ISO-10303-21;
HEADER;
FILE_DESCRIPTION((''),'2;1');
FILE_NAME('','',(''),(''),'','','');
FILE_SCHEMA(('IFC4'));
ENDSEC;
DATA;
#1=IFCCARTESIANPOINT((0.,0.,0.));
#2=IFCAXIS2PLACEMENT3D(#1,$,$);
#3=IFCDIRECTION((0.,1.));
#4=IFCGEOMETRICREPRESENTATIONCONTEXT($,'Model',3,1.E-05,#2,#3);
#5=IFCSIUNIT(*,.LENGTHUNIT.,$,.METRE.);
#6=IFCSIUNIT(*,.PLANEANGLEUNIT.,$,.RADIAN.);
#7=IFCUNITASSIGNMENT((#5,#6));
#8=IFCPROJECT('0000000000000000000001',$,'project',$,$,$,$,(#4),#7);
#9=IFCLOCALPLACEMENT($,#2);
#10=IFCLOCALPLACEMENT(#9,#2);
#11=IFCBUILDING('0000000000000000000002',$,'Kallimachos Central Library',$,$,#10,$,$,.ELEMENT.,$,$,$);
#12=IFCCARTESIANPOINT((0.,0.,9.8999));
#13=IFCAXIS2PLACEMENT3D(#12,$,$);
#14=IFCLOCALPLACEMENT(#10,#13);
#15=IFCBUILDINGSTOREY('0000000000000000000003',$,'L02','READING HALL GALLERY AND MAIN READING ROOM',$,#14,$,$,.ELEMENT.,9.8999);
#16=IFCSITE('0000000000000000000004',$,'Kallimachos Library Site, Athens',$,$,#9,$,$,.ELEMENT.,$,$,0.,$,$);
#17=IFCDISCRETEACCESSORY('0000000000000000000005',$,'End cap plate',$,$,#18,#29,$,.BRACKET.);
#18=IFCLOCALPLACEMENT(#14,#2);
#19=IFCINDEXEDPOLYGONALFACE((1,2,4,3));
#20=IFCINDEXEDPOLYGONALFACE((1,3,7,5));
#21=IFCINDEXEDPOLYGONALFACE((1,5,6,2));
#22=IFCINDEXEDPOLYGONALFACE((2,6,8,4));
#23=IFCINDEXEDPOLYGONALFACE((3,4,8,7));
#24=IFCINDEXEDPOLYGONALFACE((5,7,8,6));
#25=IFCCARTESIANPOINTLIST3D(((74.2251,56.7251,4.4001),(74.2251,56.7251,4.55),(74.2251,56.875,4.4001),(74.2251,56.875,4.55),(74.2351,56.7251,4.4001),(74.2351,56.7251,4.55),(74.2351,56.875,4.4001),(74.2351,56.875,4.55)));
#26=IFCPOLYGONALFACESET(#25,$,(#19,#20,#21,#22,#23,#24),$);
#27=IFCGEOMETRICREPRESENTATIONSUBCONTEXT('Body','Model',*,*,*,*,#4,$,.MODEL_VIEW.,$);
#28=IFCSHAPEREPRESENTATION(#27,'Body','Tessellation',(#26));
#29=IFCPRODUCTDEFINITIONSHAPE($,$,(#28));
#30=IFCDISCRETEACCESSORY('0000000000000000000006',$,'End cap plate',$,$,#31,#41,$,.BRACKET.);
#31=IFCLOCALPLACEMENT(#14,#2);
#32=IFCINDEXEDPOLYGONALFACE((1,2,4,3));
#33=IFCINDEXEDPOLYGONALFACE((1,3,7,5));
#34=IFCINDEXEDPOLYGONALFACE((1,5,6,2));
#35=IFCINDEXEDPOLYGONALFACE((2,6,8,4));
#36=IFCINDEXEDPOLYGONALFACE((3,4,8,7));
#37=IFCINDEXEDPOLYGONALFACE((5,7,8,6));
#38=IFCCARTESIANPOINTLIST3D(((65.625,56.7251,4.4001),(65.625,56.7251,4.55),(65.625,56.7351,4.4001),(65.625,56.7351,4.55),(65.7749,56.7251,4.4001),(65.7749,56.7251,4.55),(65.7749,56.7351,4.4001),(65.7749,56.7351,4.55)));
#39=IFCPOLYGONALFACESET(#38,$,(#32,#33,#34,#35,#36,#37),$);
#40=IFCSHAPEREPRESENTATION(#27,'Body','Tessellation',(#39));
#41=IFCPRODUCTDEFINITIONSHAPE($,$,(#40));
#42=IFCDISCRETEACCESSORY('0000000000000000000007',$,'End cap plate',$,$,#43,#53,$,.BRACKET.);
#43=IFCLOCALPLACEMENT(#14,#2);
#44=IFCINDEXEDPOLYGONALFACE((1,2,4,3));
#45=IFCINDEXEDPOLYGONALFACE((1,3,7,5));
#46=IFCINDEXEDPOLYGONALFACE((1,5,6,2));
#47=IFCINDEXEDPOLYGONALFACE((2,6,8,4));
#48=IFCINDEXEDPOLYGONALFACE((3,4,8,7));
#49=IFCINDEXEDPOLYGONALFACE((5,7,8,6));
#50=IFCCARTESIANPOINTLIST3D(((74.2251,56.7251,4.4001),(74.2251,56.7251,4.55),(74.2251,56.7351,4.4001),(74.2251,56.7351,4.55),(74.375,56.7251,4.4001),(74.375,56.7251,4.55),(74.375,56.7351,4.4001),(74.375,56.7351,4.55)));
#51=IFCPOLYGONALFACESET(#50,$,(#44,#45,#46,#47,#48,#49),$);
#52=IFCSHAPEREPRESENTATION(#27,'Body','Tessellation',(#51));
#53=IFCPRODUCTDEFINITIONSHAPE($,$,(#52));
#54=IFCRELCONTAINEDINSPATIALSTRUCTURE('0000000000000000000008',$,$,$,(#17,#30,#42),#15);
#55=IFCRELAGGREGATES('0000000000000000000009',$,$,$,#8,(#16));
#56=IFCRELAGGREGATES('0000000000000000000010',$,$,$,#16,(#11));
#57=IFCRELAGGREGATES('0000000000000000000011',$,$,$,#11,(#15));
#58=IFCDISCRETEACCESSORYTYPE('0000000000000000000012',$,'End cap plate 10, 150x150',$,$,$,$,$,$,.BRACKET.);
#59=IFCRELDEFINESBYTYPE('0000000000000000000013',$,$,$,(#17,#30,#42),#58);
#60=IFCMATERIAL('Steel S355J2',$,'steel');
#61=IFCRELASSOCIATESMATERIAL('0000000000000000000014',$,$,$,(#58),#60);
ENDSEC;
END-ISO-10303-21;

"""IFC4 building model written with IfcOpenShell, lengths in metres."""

from ifc_helpers import new_model, si_unit, direction, frame, origin, origin_2d, place, context, subcontext, project, spatial, rectangle, extrude, material, material_profile, profile_set, type_object, element, save


model = new_model("IFC4")

# Units and contexts
model_context = context("Model", 3, precision=1e-05, world=origin(), true_north=direction((0.0, 1.0)))
body_context = subcontext(model_context, "Body", "Model", "MODEL_VIEW")
ifc_project = project(units=[si_unit("LENGTHUNIT", "METRE"), si_unit("PLANEANGLEUNIT", "RADIAN")], contexts=[model_context])

# Site, building, storey
site_placement = place(None, origin())
site = spatial("IfcSite", under=ifc_project, at=site_placement, Name="Kallimachos Library Site, Athens", CompositionType="ELEMENT", RefElevation=0.0)
building_placement = place(site_placement, origin())
building = spatial("IfcBuilding", under=site, at=building_placement, Name="Kallimachos Central Library", CompositionType="ELEMENT")
storey_placement = place(building_placement, frame((0.0, 0.0, 9.8999)))
storey = spatial("IfcBuildingStorey", under=building, at=storey_placement, Name="L02", Description="READING HALL GALLERY AND MAIN READING ROOM", CompositionType="ELEMENT", Elevation=9.8999)

# Discrete accessories
ifc_material_1 = material(Name="Steel S355J2", Category="steel")
ifc_material_profile_1 = material_profile(ifc_material_1, rectangle(XDim=0.1499, YDim=0.1499, at=origin_2d()), Name="End cap plate 10, 150x150")
ifc_profile_set_1 = profile_set([ifc_material_profile_1], Name="Steel S355J2")
discrete_accessory_type = type_object("IfcDiscreteAccessoryType", Name="End cap plate 10, 150x150", PredefinedType="BRACKET", material=ifc_profile_set_1)
for number, where, z_axis, x_axis, name in (
    (1, (74.2251, 56.8, 4.4751), (1.0, 0.0, 0.0), (0.0, 1.0, 0.0), "End cap plate"),
    (2, (65.7, 56.7251, 4.4751), (0.0, 1.0, 0.0), (-1.0, 0.0, 0.0), "End cap plate"),
    (3, (74.3, 56.7251, 4.4751), (0.0, 1.0, 0.0), (-1.0, 0.0, 0.0), "End cap plate"),
):
    element("IfcDiscreteAccessory", number, at=place(storey_placement, frame(where, z_axis=z_axis, x_axis=x_axis)), inside=storey, type_object=discrete_accessory_type, Name=name, PredefinedType="BRACKET", context=body_context, shape_type="SweptSolid", body=[
        extrude(rectangle(XDim=0.1499, YDim=0.1499, at=origin_2d()), origin(), (0.0, 0.0, 1.0), 0.01),
    ])

save(model, "model.ifc")
